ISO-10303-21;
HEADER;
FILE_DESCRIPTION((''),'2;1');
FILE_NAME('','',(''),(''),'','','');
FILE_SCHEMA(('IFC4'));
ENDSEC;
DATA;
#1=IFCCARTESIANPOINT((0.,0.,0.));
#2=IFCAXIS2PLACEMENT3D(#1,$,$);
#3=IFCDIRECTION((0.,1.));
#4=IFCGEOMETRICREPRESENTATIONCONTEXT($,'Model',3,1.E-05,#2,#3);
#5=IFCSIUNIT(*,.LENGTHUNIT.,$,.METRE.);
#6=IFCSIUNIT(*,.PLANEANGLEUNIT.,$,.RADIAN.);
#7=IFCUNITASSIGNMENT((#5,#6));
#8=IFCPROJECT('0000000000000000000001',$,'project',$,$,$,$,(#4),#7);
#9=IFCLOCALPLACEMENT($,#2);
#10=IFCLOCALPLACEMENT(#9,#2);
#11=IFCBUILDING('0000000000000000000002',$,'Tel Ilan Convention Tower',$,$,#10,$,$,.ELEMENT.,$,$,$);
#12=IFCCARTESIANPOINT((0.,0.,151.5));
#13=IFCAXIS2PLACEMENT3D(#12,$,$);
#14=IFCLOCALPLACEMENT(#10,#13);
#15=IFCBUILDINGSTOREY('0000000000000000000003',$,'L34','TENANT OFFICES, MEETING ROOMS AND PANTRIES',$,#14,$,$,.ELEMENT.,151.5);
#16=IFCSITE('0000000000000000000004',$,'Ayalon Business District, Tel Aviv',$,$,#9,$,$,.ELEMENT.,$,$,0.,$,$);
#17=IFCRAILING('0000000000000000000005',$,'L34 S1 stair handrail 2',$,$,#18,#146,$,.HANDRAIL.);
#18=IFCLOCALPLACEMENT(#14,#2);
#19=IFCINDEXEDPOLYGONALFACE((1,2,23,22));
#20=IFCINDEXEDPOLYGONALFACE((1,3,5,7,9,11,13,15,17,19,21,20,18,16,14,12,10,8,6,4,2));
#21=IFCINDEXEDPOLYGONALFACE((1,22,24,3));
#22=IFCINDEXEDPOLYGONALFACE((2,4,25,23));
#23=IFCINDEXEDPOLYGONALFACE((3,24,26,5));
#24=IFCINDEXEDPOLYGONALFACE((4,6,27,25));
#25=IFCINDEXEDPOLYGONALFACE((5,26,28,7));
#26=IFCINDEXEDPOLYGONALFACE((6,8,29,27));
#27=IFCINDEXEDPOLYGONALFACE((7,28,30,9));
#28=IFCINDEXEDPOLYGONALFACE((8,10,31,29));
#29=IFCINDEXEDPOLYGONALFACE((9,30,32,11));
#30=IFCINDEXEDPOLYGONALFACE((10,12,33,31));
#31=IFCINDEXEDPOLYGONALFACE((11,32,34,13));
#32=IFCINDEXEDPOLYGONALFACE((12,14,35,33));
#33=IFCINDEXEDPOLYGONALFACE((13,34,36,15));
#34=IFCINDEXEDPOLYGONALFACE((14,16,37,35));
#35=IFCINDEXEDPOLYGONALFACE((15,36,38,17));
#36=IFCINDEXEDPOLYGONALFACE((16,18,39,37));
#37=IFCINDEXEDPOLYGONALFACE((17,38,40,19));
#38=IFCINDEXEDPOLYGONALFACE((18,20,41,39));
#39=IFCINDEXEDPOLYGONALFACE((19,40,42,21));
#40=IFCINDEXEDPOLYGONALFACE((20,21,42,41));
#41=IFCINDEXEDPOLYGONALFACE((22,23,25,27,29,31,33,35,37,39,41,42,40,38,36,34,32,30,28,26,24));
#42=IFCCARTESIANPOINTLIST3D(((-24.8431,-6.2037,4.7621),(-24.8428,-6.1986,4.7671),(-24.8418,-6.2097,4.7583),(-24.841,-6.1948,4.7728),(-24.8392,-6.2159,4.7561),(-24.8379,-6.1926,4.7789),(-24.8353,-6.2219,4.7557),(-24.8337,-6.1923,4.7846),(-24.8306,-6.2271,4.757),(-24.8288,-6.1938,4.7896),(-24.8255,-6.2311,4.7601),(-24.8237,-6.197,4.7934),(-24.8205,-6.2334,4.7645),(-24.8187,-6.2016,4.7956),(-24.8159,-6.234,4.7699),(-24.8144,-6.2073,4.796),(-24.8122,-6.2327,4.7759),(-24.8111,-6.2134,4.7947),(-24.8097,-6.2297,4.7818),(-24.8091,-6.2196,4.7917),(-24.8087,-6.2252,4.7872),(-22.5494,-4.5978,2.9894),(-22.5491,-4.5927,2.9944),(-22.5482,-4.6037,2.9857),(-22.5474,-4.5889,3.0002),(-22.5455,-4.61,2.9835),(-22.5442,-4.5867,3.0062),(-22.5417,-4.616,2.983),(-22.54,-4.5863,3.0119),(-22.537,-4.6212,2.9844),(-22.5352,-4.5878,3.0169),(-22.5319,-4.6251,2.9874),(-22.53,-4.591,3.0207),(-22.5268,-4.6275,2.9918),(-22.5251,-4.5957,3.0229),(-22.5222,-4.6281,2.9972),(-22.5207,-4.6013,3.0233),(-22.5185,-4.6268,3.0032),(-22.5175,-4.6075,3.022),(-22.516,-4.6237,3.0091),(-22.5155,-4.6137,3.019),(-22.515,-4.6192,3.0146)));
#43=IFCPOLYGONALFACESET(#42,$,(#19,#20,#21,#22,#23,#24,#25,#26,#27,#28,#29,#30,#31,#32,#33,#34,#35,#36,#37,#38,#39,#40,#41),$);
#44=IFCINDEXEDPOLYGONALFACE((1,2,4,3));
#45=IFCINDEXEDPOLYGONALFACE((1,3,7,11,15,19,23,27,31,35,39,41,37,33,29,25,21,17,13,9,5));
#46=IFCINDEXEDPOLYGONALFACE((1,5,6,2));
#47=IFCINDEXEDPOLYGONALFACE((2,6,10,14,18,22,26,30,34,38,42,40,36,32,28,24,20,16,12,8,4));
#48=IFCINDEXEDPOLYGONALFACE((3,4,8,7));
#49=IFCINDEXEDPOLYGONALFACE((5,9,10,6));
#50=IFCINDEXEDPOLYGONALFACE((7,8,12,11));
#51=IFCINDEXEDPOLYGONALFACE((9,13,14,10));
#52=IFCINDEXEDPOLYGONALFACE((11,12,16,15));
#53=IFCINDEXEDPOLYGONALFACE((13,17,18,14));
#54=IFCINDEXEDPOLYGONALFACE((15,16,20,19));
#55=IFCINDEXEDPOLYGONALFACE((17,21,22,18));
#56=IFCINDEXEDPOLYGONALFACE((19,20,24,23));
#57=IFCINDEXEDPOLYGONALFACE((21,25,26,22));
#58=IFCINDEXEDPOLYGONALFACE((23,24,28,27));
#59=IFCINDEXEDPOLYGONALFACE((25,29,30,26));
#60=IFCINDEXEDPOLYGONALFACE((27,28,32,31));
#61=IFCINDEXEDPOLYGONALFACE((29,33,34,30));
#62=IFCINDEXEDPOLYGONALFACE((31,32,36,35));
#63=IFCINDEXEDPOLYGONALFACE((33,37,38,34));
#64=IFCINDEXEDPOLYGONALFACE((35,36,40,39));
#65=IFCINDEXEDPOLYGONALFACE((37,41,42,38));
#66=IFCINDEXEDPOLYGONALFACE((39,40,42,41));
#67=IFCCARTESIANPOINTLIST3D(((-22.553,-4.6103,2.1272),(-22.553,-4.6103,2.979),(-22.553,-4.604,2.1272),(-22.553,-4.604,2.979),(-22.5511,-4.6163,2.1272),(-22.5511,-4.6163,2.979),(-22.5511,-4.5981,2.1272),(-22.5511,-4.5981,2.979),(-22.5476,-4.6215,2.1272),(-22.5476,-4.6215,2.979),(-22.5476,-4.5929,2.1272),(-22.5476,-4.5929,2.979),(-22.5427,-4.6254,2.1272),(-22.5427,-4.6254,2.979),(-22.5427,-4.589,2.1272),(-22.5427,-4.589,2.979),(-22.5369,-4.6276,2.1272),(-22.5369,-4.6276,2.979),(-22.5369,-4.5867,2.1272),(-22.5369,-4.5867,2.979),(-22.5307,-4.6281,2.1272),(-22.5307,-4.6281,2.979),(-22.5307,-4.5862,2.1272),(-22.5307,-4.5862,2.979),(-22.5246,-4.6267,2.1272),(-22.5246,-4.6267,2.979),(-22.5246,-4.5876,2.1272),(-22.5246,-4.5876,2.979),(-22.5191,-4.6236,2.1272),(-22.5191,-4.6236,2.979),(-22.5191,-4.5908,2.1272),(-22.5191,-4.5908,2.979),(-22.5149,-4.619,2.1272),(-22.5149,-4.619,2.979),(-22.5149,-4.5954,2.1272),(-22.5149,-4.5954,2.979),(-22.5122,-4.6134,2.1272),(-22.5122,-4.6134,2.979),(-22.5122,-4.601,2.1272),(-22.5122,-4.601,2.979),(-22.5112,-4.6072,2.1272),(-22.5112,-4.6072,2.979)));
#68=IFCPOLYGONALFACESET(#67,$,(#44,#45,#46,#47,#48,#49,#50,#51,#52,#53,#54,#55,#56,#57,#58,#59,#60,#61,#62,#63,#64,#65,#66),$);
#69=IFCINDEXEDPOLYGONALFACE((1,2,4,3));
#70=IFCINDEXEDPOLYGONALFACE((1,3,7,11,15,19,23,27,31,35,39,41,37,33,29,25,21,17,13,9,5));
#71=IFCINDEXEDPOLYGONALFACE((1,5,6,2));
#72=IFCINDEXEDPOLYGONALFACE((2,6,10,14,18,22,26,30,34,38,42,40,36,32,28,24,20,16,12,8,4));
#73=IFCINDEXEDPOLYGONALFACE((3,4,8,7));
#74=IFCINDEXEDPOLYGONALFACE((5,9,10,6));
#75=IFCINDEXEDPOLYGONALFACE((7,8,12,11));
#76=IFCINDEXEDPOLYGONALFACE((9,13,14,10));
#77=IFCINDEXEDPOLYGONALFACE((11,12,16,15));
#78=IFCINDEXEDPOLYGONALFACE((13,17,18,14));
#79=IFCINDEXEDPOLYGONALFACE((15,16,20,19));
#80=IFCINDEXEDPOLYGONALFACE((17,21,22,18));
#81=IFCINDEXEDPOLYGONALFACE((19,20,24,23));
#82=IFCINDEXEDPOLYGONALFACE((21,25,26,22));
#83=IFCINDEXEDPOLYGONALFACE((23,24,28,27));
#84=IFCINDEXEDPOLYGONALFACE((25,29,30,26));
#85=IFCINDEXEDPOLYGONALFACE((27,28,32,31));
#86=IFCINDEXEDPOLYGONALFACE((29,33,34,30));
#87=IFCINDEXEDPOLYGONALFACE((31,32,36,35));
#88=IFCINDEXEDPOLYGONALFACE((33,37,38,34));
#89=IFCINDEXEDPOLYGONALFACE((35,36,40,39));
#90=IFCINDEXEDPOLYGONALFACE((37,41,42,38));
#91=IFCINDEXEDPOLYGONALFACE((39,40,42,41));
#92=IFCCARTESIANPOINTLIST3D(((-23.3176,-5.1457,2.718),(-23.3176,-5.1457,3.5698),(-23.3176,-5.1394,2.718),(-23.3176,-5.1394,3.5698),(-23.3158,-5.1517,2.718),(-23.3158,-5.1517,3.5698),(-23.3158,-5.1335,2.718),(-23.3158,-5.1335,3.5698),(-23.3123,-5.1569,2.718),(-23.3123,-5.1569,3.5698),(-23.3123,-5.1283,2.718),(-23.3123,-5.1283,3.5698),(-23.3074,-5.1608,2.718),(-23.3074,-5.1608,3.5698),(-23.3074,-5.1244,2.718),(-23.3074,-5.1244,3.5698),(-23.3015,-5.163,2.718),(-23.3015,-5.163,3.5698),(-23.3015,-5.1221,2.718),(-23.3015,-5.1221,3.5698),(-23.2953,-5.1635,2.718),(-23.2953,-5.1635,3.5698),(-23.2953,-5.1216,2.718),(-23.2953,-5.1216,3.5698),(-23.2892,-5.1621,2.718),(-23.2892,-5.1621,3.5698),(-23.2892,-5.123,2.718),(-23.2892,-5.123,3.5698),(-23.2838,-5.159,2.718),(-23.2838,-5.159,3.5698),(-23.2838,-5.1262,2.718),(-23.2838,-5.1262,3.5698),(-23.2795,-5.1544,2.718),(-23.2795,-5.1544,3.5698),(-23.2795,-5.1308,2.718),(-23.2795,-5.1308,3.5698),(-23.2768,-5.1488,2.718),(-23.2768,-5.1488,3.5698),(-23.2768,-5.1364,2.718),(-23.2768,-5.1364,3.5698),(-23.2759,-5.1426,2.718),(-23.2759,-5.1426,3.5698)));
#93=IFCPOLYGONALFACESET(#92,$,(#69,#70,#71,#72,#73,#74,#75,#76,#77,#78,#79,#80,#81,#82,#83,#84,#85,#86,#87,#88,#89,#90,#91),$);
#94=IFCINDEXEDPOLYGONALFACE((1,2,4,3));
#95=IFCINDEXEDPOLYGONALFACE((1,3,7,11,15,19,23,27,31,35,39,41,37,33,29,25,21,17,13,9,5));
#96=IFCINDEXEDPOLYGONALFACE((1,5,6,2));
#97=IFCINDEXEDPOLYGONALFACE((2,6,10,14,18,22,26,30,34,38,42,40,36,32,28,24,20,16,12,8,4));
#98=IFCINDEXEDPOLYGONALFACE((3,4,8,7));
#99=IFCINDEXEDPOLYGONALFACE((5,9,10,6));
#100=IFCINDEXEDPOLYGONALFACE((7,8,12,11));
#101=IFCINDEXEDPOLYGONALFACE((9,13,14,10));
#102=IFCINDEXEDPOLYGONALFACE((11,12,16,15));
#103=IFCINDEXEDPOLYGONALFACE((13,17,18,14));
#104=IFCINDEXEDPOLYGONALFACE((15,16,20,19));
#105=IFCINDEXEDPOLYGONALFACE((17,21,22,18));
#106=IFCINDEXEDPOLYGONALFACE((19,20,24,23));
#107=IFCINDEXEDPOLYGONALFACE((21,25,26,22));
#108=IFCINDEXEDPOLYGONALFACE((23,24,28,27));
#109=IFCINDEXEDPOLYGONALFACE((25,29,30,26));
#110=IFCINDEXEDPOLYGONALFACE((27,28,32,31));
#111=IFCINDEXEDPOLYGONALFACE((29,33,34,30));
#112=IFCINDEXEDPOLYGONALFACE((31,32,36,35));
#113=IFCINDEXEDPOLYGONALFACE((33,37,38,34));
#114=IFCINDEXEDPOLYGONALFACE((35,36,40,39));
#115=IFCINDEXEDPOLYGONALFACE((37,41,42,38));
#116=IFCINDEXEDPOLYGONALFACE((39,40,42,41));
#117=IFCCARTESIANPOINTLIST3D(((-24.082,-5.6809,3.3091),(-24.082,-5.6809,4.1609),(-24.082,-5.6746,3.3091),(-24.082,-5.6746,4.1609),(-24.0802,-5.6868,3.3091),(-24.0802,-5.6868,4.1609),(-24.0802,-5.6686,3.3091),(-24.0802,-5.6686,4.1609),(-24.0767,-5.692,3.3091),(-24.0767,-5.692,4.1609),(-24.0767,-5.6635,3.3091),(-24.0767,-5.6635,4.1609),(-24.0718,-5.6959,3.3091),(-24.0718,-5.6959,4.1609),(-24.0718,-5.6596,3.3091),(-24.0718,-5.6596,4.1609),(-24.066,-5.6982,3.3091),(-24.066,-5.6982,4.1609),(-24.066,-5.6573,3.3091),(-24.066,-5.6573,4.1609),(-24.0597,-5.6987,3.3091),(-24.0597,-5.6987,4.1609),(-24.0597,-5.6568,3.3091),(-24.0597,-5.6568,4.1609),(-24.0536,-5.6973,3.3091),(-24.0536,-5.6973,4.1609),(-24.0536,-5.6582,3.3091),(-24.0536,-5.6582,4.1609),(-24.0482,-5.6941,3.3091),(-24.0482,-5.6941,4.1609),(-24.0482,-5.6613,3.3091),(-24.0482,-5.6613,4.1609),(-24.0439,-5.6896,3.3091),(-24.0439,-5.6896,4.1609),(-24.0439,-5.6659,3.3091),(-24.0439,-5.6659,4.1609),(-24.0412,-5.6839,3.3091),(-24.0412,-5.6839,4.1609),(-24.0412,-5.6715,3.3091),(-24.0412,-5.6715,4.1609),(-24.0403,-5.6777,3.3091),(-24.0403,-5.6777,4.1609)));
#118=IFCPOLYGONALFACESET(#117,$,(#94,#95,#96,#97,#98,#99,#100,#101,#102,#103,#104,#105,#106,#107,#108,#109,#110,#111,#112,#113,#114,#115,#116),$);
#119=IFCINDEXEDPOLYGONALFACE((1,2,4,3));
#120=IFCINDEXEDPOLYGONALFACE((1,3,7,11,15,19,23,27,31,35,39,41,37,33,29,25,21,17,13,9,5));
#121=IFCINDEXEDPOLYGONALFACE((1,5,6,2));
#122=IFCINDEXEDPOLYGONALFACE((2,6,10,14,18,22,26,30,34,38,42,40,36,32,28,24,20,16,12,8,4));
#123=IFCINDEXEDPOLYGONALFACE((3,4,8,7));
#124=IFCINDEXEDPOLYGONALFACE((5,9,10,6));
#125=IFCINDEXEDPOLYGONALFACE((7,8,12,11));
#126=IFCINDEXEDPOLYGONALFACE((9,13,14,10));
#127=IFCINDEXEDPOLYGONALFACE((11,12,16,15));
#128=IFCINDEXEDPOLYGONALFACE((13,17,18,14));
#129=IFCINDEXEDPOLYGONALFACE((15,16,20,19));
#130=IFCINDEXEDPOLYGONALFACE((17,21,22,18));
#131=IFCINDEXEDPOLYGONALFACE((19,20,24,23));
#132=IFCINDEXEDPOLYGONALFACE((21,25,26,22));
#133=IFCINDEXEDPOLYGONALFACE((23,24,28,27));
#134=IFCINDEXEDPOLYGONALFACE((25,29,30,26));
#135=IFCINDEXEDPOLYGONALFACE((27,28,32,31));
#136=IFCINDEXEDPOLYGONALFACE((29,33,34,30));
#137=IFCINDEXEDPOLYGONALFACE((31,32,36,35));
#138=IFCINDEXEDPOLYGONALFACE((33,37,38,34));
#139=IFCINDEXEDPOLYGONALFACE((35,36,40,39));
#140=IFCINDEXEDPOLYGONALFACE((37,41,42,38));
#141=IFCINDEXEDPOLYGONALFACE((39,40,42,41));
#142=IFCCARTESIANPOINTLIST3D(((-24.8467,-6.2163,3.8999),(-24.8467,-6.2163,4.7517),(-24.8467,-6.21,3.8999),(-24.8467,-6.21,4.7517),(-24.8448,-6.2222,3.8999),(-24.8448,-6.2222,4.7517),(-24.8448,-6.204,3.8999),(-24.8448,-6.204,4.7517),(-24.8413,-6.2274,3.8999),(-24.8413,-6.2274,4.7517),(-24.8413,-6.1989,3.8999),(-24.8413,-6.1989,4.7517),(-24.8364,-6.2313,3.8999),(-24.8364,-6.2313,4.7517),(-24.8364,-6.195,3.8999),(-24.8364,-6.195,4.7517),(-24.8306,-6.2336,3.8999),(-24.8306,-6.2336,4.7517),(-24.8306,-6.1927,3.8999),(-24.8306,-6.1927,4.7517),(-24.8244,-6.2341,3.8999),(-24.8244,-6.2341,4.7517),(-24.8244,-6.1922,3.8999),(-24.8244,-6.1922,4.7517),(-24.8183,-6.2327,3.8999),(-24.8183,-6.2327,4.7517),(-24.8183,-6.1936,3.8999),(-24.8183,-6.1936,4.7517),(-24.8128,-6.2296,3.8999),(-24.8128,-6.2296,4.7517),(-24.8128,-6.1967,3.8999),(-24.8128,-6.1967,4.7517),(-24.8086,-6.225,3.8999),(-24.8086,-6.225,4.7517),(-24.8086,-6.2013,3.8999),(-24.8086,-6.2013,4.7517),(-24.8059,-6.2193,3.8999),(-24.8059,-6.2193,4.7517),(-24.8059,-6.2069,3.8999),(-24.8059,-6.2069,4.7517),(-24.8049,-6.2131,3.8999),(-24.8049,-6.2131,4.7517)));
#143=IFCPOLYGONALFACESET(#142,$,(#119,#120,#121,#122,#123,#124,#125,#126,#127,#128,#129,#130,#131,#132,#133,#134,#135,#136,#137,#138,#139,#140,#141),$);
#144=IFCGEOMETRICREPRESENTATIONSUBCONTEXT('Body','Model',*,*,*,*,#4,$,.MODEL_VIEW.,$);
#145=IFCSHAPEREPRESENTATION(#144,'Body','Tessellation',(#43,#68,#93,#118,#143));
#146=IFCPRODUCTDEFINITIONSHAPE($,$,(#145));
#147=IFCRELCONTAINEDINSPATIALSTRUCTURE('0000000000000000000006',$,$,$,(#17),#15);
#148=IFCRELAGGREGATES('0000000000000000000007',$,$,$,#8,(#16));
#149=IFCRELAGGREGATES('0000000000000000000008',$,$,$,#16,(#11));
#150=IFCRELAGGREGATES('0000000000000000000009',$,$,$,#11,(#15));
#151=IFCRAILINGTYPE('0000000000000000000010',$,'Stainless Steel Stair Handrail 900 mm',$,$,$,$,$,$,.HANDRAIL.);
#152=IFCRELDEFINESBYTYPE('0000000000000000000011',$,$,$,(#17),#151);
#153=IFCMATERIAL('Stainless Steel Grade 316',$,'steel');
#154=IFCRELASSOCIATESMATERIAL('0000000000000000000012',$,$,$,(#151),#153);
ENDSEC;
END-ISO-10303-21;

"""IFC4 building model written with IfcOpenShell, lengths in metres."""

from ifc_helpers import new_model, si_unit, direction, frame, origin, origin_2d, place, context, subcontext, project, spatial, circle, extrude, material, type_object, element, save


model = new_model("IFC4")

# Units and contexts
model_context = context("Model", 3, precision=1e-05, world=origin(), true_north=direction((0.0, 1.0)))
body_context = subcontext(model_context, "Body", "Model", "MODEL_VIEW")
ifc_project = project(units=[si_unit("LENGTHUNIT", "METRE"), si_unit("PLANEANGLEUNIT", "RADIAN")], contexts=[model_context])

# Site, building, storey
site_placement = place(None, origin())
site = spatial("IfcSite", under=ifc_project, at=site_placement, Name="Ayalon Business District, Tel Aviv", CompositionType="ELEMENT", RefElevation=0.0)
building_placement = place(site_placement, origin())
building = spatial("IfcBuilding", under=site, at=building_placement, Name="Tel Ilan Convention Tower", CompositionType="ELEMENT")
storey_placement = place(building_placement, frame((0.0, 0.0, 151.5)))
storey = spatial("IfcBuildingStorey", under=building, at=storey_placement, Name="L34", Description="TENANT OFFICES, MEETING ROOMS AND PANTRIES", CompositionType="ELEMENT", Elevation=151.5)

# Railing
ifc_material_1 = material(Name="Stainless Steel Grade 316", Category="steel")
railing_type_1 = type_object("IfcRailingType", Name="Stainless Steel Stair Handrail 900 mm", PredefinedType="HANDRAIL", material=ifc_material_1)
railing_1_placement = place(storey_placement, frame((-22.5322, -4.6072, 2.1272)))
element("IfcRailing", 1, at=railing_1_placement, inside=storey, type_object=railing_type_1, Name="L34 S1 stair handrail 2", PredefinedType="HANDRAIL", context=body_context, shape_type="SweptSolid", body=[
    extrude(circle(Radius=0.0239, at=origin_2d()), frame((0.0, 0.0, 0.876), z_axis=(-0.692123, -0.484597, 0.534913), x_axis=(0.57355, -0.81917, 0.0)), (0.0, 0.0, 1.0), 3.314),
    extrude(circle(Radius=0.021, at=origin_2d()), origin(), (0.0, 0.0, 1.0), 0.8518),
    extrude(circle(Radius=0.021, at=origin_2d()), frame((-0.7646, -0.5354, 0.5908)), (0.0, 0.0, 1.0), 0.8518),
    extrude(circle(Radius=0.021, at=origin_2d()), frame((-1.5291, -1.0706, 1.1819)), (0.0, 0.0, 1.0), 0.8518),
    extrude(circle(Radius=0.021, at=origin_2d()), frame((-2.2937, -1.606, 1.7727)), (0.0, 0.0, 1.0), 0.8518),
])

save(model, "model.ifc")
